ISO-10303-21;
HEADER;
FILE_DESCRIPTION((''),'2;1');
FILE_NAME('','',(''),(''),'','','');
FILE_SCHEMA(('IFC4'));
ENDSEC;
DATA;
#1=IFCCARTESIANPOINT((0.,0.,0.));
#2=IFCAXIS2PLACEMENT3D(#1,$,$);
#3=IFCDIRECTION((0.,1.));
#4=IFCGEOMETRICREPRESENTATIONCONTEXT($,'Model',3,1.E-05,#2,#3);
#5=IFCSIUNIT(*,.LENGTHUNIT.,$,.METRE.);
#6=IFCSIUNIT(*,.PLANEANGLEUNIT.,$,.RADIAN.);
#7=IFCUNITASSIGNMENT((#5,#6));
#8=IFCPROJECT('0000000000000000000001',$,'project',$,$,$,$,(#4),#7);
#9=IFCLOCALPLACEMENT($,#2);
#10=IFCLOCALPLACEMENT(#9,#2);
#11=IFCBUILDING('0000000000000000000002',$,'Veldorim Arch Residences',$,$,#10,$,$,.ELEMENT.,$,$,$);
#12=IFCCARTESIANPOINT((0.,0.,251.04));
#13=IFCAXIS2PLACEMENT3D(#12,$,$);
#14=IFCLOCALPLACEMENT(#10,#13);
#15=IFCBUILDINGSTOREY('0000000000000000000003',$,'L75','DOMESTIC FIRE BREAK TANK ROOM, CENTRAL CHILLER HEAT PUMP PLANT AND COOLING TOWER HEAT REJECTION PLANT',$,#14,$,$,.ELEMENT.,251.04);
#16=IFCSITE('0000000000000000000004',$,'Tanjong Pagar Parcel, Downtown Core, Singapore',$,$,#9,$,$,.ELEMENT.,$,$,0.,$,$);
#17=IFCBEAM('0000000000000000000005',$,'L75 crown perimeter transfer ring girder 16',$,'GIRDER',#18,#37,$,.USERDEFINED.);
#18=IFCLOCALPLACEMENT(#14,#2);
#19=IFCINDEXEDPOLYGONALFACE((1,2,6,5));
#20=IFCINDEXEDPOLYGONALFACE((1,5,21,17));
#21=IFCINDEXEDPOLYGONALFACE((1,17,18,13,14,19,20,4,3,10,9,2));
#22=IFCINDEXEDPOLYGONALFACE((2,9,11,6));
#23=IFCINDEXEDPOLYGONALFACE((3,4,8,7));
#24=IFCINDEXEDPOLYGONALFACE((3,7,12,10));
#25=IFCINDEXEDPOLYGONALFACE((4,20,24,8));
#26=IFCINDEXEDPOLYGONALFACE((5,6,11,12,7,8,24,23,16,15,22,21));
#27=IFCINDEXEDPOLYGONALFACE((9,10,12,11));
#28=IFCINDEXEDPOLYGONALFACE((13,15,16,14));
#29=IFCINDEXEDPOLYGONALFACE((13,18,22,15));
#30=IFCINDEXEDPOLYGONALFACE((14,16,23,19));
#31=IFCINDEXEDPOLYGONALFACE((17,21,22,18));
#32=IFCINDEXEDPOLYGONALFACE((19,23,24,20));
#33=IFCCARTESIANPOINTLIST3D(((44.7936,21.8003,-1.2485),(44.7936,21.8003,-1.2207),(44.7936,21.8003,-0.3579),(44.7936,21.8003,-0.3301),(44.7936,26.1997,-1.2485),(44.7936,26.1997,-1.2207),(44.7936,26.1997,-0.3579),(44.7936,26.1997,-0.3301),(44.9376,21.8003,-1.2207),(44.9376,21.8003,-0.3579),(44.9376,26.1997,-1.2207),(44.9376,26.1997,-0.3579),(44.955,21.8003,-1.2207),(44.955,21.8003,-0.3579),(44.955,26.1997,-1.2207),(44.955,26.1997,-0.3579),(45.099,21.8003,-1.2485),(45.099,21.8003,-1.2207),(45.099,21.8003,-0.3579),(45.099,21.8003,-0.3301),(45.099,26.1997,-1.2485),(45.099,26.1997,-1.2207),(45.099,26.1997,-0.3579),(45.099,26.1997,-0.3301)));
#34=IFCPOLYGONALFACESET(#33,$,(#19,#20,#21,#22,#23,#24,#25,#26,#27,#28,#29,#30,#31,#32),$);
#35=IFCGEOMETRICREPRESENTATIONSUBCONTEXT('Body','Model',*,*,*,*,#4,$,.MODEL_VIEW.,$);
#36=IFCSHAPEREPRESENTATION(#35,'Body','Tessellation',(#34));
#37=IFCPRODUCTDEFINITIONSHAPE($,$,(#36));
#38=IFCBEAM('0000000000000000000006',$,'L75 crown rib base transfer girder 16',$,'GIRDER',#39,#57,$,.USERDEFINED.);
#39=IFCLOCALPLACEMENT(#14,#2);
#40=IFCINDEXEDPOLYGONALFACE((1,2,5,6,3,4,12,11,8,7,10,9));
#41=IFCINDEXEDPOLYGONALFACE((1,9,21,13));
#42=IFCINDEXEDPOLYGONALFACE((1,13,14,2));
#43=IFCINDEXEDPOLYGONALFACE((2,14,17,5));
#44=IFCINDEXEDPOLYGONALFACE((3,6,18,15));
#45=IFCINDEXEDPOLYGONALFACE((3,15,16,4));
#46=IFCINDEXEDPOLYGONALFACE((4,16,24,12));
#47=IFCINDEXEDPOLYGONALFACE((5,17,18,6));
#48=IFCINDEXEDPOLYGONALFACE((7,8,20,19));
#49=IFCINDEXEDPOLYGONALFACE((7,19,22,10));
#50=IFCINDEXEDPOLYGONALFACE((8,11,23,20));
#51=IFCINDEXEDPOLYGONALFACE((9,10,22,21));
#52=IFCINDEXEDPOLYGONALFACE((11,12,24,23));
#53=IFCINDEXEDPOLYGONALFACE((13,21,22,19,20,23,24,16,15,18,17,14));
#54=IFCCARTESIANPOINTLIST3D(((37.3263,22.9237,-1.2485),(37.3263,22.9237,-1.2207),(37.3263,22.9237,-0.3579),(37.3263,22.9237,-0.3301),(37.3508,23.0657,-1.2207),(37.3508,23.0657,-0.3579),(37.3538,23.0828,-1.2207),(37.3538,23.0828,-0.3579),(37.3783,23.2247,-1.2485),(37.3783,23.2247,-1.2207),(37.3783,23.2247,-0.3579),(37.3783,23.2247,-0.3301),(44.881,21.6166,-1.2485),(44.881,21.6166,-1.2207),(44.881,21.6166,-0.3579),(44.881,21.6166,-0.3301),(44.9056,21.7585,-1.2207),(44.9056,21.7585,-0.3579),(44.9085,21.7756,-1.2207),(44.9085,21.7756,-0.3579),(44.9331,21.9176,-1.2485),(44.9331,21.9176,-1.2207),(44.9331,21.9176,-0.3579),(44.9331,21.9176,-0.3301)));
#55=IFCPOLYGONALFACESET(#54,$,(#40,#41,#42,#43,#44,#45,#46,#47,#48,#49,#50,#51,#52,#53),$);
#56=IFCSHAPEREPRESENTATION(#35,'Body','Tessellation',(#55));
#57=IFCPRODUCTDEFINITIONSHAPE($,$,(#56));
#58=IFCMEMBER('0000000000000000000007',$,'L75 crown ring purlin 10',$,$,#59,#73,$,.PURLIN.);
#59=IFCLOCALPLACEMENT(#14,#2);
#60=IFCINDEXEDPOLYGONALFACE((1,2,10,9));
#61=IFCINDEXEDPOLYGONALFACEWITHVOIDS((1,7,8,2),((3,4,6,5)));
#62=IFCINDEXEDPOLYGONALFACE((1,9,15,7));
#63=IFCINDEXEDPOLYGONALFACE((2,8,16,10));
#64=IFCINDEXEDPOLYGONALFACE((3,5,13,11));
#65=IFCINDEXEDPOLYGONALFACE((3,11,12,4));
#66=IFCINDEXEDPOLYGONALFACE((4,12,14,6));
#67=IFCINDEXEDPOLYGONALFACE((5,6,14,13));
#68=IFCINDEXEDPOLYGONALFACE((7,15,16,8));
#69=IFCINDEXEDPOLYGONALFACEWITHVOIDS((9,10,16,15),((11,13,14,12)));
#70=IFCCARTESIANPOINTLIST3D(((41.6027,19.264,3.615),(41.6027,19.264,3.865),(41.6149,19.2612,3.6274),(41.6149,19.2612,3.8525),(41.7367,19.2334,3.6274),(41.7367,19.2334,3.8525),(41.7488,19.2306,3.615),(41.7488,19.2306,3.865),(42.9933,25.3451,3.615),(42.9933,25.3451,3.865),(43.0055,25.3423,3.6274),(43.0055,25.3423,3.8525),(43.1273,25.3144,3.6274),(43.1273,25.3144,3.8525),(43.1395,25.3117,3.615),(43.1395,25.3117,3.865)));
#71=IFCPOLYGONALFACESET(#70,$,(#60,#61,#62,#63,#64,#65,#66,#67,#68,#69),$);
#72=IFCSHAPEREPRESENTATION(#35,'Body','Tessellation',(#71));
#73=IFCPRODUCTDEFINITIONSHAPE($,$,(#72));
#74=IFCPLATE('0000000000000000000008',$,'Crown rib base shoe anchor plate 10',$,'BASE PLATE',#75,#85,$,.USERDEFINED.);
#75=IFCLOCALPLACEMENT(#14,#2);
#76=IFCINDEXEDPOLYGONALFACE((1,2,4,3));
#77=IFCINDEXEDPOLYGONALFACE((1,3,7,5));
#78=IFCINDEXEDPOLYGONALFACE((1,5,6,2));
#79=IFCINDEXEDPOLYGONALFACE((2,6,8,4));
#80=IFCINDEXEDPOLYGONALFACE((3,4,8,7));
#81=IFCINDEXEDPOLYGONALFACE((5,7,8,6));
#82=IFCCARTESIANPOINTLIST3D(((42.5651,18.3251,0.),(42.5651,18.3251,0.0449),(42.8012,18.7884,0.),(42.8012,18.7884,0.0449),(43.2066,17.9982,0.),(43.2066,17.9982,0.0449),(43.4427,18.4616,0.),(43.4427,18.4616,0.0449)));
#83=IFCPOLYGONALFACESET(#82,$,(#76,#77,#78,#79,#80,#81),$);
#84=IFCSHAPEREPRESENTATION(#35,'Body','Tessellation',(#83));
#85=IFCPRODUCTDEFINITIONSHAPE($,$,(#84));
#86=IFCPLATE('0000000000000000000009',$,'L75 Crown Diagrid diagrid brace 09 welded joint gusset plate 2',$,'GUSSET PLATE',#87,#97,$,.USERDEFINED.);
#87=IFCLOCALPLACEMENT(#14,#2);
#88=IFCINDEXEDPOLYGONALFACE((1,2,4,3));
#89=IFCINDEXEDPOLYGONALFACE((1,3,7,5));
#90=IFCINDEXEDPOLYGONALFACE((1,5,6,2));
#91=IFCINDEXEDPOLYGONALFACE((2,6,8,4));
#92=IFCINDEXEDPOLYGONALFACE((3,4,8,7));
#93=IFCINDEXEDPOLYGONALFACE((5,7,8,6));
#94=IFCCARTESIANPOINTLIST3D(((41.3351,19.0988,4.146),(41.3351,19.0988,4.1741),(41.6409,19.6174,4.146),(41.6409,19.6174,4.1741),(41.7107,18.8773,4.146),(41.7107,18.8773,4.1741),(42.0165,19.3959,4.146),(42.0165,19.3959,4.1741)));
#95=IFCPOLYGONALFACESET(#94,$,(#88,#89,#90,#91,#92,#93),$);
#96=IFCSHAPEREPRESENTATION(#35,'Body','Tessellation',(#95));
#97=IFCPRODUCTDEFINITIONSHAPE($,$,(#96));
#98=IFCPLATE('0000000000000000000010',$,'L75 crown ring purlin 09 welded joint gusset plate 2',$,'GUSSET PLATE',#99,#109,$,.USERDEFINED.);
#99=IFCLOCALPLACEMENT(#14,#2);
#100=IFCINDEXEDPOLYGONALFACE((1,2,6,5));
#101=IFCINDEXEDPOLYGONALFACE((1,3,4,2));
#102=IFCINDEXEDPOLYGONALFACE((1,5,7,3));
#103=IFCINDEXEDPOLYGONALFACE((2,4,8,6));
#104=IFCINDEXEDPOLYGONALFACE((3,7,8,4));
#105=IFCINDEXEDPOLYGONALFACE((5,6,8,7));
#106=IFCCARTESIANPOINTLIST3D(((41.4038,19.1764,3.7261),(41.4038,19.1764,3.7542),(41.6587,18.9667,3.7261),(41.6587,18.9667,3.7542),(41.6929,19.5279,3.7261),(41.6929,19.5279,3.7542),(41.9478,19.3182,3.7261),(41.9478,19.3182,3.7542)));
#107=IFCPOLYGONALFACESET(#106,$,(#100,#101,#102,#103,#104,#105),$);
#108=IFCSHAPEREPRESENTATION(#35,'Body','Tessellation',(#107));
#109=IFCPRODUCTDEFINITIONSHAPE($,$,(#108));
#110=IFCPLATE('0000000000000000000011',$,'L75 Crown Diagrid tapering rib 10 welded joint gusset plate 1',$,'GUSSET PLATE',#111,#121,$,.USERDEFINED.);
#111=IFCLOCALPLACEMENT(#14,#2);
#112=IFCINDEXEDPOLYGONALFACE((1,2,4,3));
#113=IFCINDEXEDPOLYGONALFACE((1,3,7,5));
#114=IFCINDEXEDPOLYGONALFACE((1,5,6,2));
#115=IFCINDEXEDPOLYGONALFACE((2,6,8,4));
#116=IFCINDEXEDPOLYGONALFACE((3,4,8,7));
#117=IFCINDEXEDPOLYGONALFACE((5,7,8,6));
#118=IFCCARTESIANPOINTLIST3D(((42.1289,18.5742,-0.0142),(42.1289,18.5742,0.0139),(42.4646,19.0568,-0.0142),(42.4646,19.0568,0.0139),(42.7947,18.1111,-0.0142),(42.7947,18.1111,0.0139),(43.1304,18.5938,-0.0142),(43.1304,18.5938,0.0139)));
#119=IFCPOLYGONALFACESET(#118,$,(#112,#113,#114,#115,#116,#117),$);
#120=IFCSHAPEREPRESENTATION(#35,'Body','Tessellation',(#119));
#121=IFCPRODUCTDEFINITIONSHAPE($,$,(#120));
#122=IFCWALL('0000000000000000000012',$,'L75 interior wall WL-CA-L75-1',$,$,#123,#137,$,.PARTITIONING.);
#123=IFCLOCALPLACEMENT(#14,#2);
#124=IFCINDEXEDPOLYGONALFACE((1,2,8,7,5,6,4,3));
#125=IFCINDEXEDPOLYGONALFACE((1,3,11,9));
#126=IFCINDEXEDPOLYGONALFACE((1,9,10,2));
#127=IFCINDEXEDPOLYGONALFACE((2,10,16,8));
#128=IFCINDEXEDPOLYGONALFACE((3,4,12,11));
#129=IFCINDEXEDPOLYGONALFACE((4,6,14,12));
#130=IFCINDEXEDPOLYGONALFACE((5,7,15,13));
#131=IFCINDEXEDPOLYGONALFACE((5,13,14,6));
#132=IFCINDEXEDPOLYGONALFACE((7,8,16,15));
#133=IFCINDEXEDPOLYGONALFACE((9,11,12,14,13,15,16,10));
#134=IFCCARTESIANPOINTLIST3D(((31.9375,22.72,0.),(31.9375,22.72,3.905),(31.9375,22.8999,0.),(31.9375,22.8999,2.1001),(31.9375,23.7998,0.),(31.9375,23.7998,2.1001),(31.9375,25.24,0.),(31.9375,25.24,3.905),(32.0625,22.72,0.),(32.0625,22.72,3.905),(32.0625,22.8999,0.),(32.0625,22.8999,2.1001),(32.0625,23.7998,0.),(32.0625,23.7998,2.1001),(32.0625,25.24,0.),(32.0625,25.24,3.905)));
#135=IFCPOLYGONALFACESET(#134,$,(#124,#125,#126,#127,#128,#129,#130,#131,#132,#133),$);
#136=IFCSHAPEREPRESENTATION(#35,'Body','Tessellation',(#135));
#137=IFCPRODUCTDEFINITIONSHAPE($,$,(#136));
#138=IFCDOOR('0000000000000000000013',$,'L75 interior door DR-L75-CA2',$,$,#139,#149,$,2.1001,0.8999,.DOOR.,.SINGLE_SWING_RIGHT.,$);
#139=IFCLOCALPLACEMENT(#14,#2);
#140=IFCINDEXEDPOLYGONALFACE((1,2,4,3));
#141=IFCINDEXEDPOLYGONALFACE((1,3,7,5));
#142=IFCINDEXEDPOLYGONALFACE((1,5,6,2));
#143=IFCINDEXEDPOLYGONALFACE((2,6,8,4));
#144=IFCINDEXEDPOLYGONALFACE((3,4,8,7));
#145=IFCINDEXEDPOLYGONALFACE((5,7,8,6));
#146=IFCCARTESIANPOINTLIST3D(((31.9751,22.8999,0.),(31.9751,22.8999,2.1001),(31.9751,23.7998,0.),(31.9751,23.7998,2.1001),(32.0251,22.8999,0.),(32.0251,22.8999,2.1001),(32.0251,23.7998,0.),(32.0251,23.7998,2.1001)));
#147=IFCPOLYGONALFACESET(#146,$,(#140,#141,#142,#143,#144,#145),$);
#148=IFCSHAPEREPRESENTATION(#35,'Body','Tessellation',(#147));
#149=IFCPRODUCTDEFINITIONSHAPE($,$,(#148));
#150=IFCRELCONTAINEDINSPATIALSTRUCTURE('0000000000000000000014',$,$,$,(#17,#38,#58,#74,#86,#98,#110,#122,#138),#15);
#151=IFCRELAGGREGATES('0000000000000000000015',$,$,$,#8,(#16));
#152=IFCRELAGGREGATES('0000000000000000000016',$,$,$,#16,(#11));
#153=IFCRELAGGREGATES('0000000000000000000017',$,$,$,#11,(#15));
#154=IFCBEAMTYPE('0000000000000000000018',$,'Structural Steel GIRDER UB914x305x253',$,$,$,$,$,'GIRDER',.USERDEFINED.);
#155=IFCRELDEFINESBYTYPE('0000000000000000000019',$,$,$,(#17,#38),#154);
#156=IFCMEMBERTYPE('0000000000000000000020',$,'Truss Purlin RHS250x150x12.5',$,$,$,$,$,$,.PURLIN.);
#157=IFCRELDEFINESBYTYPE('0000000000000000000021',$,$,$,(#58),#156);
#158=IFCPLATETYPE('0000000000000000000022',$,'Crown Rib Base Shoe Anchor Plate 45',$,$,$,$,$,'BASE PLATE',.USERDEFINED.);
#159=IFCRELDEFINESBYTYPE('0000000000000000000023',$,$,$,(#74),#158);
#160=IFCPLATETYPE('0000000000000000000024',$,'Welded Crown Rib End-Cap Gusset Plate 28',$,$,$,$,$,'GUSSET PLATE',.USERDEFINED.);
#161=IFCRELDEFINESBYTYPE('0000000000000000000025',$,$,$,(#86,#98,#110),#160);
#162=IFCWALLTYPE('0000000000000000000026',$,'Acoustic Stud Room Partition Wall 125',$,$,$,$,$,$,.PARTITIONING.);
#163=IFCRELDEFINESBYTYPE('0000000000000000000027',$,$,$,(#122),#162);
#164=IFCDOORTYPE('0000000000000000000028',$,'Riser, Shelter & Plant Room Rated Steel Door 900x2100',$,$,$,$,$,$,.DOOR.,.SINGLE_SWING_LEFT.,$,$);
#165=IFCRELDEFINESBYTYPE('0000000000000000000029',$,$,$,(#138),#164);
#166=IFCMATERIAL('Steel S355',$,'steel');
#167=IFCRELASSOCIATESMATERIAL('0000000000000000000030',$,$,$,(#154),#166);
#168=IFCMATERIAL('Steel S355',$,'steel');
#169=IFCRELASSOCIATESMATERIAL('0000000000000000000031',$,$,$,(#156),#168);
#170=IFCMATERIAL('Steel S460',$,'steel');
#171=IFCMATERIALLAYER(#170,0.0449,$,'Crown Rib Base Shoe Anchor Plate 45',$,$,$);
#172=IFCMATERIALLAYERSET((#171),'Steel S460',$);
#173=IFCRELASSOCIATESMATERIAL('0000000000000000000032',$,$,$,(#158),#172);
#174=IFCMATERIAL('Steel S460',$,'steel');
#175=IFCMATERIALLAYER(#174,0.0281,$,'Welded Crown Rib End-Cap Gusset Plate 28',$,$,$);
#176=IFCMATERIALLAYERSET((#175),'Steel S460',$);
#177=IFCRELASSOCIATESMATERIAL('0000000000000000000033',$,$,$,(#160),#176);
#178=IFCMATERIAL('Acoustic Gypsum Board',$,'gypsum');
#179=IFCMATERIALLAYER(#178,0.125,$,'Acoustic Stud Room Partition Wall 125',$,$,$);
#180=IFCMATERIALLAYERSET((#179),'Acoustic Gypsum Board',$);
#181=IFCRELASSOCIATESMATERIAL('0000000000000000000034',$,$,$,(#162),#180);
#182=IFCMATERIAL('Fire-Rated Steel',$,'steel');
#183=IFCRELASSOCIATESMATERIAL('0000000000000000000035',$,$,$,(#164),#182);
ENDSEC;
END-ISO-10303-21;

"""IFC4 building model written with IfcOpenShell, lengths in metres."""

from ifc_helpers import new_model, si_unit, direction, frame, frame_2d, origin, origin_2d, place, context, subcontext, project, spatial, rectangle, hollow_rectangle, i_section, extrude, material, layer, layer_set, material_profile, profile_set, type_object, element, fill, save


model = new_model("IFC4")

# Units and contexts
model_context = context("Model", 3, precision=1e-05, world=origin(), true_north=direction((0.0, 1.0)))
body_context = subcontext(model_context, "Body", "Model", "MODEL_VIEW")
ifc_project = project(units=[si_unit("LENGTHUNIT", "METRE"), si_unit("PLANEANGLEUNIT", "RADIAN")], contexts=[model_context])

# Site, building, storey
site_placement = place(None, origin())
site = spatial("IfcSite", under=ifc_project, at=site_placement, Name="Tanjong Pagar Parcel, Downtown Core, Singapore", CompositionType="ELEMENT", RefElevation=0.0)
building_placement = place(site_placement, origin())
building = spatial("IfcBuilding", under=site, at=building_placement, Name="Veldorim Arch Residences", CompositionType="ELEMENT")
storey_placement = place(building_placement, frame((0.0, 0.0, 251.04)))
storey = spatial("IfcBuildingStorey", under=building, at=storey_placement, Name="L75", Description="DOMESTIC FIRE BREAK TANK ROOM, CENTRAL CHILLER HEAT PUMP PLANT AND COOLING TOWER HEAT REJECTION PLANT", CompositionType="ELEMENT", Elevation=251.04)

# Beams
ifc_material_1 = material(Name="Steel S355", Category="steel")
ifc_material_profile_1 = material_profile(ifc_material_1, i_section(OverallWidth=0.3054, OverallDepth=0.9185, WebThickness=0.0173, FlangeThickness=0.0278, at=origin_2d()), Name="UB914x305x253")
ifc_profile_set_1 = profile_set([ifc_material_profile_1], Name="Steel S355")
beam_type = type_object("IfcBeamType", Name="Structural Steel GIRDER UB914x305x253", ElementType="GIRDER", PredefinedType="USERDEFINED", material=ifc_profile_set_1)
beam_1_placement = place(storey_placement, frame((44.9463, 21.8003, -0.7893), z_axis=(0.0, 1.0, 0.0), x_axis=(-1.0, 0.0, 0.0)))
element("IfcBeam", 1, at=beam_1_placement, inside=storey, type_object=beam_type, Name="L75 crown perimeter transfer ring girder 16", ObjectType="GIRDER", PredefinedType="USERDEFINED", context=body_context, shape_type="SweptSolid", body=[
    extrude(i_section(OverallWidth=0.3054, OverallDepth=0.9185, WebThickness=0.0173, FlangeThickness=0.0278, at=origin_2d()), origin(), (0.0, 0.0, 1.0), 4.3994),
])
beam_2_placement = place(storey_placement, frame((37.3523, 23.0742, -0.7893), z_axis=(0.98536, -0.170489, 0.0), x_axis=(0.170489, 0.98536, 0.0)))
element("IfcBeam", 2, at=beam_2_placement, inside=storey, type_object=beam_type, Name="L75 crown rib base transfer girder 16", ObjectType="GIRDER", PredefinedType="USERDEFINED", context=body_context, shape_type="SweptSolid", body=[
    extrude(i_section(OverallWidth=0.3054, OverallDepth=0.9185, WebThickness=0.0173, FlangeThickness=0.0278, at=origin_2d()), origin(), (0.0, 0.0, 1.0), 7.667),
])

# Member
ifc_material_2 = material(Name="Steel S355", Category="steel")
ifc_material_profile_2 = material_profile(ifc_material_2, hollow_rectangle(XDim=0.1499, YDim=0.25, WallThickness=0.0125, at=origin_2d()), Name="RHS250x150x12.5")
ifc_profile_set_2 = profile_set([ifc_material_profile_2], Name="Steel S355")
member_type_1 = type_object("IfcMemberType", Name="Truss Purlin RHS250x150x12.5", PredefinedType="PURLIN", material=ifc_profile_set_2)
member_1_placement = place(storey_placement, frame((41.6758, 19.2473, 3.74), z_axis=(0.222927, 0.974835, 0.0), x_axis=(-0.974835, 0.222927, 0.0)))
element("IfcMember", 3, at=member_1_placement, inside=storey, type_object=member_type_1, Name="L75 crown ring purlin 10", PredefinedType="PURLIN", context=body_context, shape_type="SweptSolid", body=[
    extrude(hollow_rectangle(XDim=0.1499, YDim=0.25, WallThickness=0.0125, at=origin_2d()), origin(), (0.0, 0.0, 1.0), 6.238),
])

# Plates
ifc_material_3 = material(Name="Steel S460", Category="steel")
ifc_layer_1 = layer(ifc_material_3, 0.0449, Name="Crown Rib Base Shoe Anchor Plate 45")
ifc_layer_set_1 = layer_set([ifc_layer_1], Name="Steel S460")
plate_type_1 = type_object("IfcPlateType", Name="Crown Rib Base Shoe Anchor Plate 45", ElementType="BASE PLATE", PredefinedType="USERDEFINED", material=ifc_layer_set_1)
plate_1_placement = place(storey_placement, frame((43.0039, 18.3933, 0.0), z_axis=(0.0, 0.0, 1.0), x_axis=(0.891007, -0.45399, 0.0)))
element("IfcPlate", 4, at=plate_1_placement, inside=storey, type_object=plate_type_1, Name="Crown rib base shoe anchor plate 10", ObjectType="BASE PLATE", PredefinedType="USERDEFINED", context=body_context, shape_type="SweptSolid", body=[
    extrude(rectangle(XDim=0.72, YDim=0.52, at=origin_2d()), origin(), (0.0, 0.0, 1.0), 0.0449),
])
ifc_material_4 = material(Name="Steel S460", Category="steel")
ifc_layer_2 = layer(ifc_material_4, 0.0281, Name="Welded Crown Rib End-Cap Gusset Plate 28")
ifc_layer_set_2 = layer_set([ifc_layer_2], Name="Steel S460")
plate_type_2 = type_object("IfcPlateType", Name="Welded Crown Rib End-Cap Gusset Plate 28", ElementType="GUSSET PLATE", PredefinedType="USERDEFINED", material=ifc_layer_set_2)
plate_2_placement = place(storey_placement, frame((41.6758, 19.2473, 4.146), z_axis=(0.0, 0.0, 1.0), x_axis=(0.507959, 0.861381, 0.0)))
element("IfcPlate", 5, at=plate_2_placement, inside=storey, type_object=plate_type_2, Name="L75 Crown Diagrid diagrid brace 09 welded joint gusset plate 2", ObjectType="GUSSET PLATE", PredefinedType="USERDEFINED", context=body_context, shape_type="SweptSolid", body=[
    extrude(rectangle(XDim=0.6021, YDim=0.436, at=origin_2d()), origin(), (0.0, 0.0, 1.0), 0.0281),
])
plate_3_placement = place(storey_placement, frame((41.6758, 19.2473, 3.7261), z_axis=(0.0, 0.0, 1.0), x_axis=(0.635229, 0.772324, 0.0)))
element("IfcPlate", 6, at=plate_3_placement, inside=storey, type_object=plate_type_2, Name="L75 crown ring purlin 09 welded joint gusset plate 2", ObjectType="GUSSET PLATE", PredefinedType="USERDEFINED", context=body_context, shape_type="SweptSolid", body=[
    extrude(rectangle(XDim=0.4551, YDim=0.3301, at=origin_2d()), origin(), (0.0, 0.0, 1.0), 0.0281),
])
plate_4_placement = place(storey_placement, frame((42.6296, 18.584, -0.0142), z_axis=(0.0, 0.0, 1.0), x_axis=(-0.82097, 0.570972, 0.0)))
element("IfcPlate", 7, at=plate_4_placement, inside=storey, type_object=plate_type_2, Name="L75 Crown Diagrid tapering rib 10 welded joint gusset plate 1", ObjectType="GUSSET PLATE", PredefinedType="USERDEFINED", context=body_context, shape_type="SweptSolid", body=[
    extrude(rectangle(XDim=0.811, YDim=0.5879, at=origin_2d()), origin(), (0.0, 0.0, 1.0), 0.0281),
])

# Wall, opening, door
ifc_material_5 = material(Name="Acoustic Gypsum Board", Category="gypsum")
ifc_layer_3 = layer(ifc_material_5, 0.125, Name="Acoustic Stud Room Partition Wall 125")
ifc_layer_set_3 = layer_set([ifc_layer_3], Name="Acoustic Gypsum Board")
wall_type_1 = type_object("IfcWallType", Name="Acoustic Stud Room Partition Wall 125", PredefinedType="PARTITIONING", material=ifc_layer_set_3)
wall_1_placement = place(storey_placement, frame((32.0, 22.72, 0.0), z_axis=(0.0, 0.0, 1.0), x_axis=(0.0, 1.0, 0.0)))
wall_1 = element("IfcWall", 8, at=wall_1_placement, inside=storey, type_object=wall_type_1, Name="L75 interior wall WL-CA-L75-1", PredefinedType="PARTITIONING", context=body_context, shape_type="SweptSolid", body=[
    extrude(rectangle(XDim=2.52, YDim=0.125, at=frame_2d((1.26, 0.0))), origin(), (0.0, 0.0, 1.0), 3.905),
])
opening_1_placement = place(wall_1_placement, frame((0.1799, 0.0, 0.0)))
opening_1 = element("IfcOpeningElement", 9, at=opening_1_placement, cuts=wall_1, PredefinedType="OPENING", context=body_context, shape_type="SweptSolid", body=[
    extrude(rectangle(XDim=0.8999, YDim=2.1001, at=frame_2d((0.45, 1.05))), frame((0.0, 0.0725, 0.0), z_axis=(0.0, -1.0, 0.0), x_axis=(1.0, 0.0, 0.0)), (0.0, 0.0, 1.0), 0.145),
])
ifc_material_6 = material(Name="Fire-Rated Steel", Category="steel")
door_type_1 = type_object("IfcDoorType", Name="Riser, Shelter & Plant Room Rated Steel Door 900x2100", OperationType="SINGLE_SWING_LEFT", PredefinedType="DOOR", material=ifc_material_6)
door_1_placement = place(opening_1_placement, origin())
door_1 = element("IfcDoor", 10, at=door_1_placement, inside=storey, type_object=door_type_1, Name="L75 interior door DR-L75-CA2", OperationType="SINGLE_SWING_RIGHT", OverallHeight=2.1001, OverallWidth=0.8999, PredefinedType="DOOR", context=body_context, shape_type="SweptSolid", body=[
    extrude(rectangle(XDim=0.8999, YDim=2.1001, at=frame_2d((0.45, 1.05))), frame((0.0, 0.0249, 0.0), z_axis=(0.0, -1.0, 0.0), x_axis=(1.0, 0.0, 0.0)), (0.0, 0.0, 1.0), 0.05),
])
fill(opening_1, door_1)

save(model, "model.ifc")
